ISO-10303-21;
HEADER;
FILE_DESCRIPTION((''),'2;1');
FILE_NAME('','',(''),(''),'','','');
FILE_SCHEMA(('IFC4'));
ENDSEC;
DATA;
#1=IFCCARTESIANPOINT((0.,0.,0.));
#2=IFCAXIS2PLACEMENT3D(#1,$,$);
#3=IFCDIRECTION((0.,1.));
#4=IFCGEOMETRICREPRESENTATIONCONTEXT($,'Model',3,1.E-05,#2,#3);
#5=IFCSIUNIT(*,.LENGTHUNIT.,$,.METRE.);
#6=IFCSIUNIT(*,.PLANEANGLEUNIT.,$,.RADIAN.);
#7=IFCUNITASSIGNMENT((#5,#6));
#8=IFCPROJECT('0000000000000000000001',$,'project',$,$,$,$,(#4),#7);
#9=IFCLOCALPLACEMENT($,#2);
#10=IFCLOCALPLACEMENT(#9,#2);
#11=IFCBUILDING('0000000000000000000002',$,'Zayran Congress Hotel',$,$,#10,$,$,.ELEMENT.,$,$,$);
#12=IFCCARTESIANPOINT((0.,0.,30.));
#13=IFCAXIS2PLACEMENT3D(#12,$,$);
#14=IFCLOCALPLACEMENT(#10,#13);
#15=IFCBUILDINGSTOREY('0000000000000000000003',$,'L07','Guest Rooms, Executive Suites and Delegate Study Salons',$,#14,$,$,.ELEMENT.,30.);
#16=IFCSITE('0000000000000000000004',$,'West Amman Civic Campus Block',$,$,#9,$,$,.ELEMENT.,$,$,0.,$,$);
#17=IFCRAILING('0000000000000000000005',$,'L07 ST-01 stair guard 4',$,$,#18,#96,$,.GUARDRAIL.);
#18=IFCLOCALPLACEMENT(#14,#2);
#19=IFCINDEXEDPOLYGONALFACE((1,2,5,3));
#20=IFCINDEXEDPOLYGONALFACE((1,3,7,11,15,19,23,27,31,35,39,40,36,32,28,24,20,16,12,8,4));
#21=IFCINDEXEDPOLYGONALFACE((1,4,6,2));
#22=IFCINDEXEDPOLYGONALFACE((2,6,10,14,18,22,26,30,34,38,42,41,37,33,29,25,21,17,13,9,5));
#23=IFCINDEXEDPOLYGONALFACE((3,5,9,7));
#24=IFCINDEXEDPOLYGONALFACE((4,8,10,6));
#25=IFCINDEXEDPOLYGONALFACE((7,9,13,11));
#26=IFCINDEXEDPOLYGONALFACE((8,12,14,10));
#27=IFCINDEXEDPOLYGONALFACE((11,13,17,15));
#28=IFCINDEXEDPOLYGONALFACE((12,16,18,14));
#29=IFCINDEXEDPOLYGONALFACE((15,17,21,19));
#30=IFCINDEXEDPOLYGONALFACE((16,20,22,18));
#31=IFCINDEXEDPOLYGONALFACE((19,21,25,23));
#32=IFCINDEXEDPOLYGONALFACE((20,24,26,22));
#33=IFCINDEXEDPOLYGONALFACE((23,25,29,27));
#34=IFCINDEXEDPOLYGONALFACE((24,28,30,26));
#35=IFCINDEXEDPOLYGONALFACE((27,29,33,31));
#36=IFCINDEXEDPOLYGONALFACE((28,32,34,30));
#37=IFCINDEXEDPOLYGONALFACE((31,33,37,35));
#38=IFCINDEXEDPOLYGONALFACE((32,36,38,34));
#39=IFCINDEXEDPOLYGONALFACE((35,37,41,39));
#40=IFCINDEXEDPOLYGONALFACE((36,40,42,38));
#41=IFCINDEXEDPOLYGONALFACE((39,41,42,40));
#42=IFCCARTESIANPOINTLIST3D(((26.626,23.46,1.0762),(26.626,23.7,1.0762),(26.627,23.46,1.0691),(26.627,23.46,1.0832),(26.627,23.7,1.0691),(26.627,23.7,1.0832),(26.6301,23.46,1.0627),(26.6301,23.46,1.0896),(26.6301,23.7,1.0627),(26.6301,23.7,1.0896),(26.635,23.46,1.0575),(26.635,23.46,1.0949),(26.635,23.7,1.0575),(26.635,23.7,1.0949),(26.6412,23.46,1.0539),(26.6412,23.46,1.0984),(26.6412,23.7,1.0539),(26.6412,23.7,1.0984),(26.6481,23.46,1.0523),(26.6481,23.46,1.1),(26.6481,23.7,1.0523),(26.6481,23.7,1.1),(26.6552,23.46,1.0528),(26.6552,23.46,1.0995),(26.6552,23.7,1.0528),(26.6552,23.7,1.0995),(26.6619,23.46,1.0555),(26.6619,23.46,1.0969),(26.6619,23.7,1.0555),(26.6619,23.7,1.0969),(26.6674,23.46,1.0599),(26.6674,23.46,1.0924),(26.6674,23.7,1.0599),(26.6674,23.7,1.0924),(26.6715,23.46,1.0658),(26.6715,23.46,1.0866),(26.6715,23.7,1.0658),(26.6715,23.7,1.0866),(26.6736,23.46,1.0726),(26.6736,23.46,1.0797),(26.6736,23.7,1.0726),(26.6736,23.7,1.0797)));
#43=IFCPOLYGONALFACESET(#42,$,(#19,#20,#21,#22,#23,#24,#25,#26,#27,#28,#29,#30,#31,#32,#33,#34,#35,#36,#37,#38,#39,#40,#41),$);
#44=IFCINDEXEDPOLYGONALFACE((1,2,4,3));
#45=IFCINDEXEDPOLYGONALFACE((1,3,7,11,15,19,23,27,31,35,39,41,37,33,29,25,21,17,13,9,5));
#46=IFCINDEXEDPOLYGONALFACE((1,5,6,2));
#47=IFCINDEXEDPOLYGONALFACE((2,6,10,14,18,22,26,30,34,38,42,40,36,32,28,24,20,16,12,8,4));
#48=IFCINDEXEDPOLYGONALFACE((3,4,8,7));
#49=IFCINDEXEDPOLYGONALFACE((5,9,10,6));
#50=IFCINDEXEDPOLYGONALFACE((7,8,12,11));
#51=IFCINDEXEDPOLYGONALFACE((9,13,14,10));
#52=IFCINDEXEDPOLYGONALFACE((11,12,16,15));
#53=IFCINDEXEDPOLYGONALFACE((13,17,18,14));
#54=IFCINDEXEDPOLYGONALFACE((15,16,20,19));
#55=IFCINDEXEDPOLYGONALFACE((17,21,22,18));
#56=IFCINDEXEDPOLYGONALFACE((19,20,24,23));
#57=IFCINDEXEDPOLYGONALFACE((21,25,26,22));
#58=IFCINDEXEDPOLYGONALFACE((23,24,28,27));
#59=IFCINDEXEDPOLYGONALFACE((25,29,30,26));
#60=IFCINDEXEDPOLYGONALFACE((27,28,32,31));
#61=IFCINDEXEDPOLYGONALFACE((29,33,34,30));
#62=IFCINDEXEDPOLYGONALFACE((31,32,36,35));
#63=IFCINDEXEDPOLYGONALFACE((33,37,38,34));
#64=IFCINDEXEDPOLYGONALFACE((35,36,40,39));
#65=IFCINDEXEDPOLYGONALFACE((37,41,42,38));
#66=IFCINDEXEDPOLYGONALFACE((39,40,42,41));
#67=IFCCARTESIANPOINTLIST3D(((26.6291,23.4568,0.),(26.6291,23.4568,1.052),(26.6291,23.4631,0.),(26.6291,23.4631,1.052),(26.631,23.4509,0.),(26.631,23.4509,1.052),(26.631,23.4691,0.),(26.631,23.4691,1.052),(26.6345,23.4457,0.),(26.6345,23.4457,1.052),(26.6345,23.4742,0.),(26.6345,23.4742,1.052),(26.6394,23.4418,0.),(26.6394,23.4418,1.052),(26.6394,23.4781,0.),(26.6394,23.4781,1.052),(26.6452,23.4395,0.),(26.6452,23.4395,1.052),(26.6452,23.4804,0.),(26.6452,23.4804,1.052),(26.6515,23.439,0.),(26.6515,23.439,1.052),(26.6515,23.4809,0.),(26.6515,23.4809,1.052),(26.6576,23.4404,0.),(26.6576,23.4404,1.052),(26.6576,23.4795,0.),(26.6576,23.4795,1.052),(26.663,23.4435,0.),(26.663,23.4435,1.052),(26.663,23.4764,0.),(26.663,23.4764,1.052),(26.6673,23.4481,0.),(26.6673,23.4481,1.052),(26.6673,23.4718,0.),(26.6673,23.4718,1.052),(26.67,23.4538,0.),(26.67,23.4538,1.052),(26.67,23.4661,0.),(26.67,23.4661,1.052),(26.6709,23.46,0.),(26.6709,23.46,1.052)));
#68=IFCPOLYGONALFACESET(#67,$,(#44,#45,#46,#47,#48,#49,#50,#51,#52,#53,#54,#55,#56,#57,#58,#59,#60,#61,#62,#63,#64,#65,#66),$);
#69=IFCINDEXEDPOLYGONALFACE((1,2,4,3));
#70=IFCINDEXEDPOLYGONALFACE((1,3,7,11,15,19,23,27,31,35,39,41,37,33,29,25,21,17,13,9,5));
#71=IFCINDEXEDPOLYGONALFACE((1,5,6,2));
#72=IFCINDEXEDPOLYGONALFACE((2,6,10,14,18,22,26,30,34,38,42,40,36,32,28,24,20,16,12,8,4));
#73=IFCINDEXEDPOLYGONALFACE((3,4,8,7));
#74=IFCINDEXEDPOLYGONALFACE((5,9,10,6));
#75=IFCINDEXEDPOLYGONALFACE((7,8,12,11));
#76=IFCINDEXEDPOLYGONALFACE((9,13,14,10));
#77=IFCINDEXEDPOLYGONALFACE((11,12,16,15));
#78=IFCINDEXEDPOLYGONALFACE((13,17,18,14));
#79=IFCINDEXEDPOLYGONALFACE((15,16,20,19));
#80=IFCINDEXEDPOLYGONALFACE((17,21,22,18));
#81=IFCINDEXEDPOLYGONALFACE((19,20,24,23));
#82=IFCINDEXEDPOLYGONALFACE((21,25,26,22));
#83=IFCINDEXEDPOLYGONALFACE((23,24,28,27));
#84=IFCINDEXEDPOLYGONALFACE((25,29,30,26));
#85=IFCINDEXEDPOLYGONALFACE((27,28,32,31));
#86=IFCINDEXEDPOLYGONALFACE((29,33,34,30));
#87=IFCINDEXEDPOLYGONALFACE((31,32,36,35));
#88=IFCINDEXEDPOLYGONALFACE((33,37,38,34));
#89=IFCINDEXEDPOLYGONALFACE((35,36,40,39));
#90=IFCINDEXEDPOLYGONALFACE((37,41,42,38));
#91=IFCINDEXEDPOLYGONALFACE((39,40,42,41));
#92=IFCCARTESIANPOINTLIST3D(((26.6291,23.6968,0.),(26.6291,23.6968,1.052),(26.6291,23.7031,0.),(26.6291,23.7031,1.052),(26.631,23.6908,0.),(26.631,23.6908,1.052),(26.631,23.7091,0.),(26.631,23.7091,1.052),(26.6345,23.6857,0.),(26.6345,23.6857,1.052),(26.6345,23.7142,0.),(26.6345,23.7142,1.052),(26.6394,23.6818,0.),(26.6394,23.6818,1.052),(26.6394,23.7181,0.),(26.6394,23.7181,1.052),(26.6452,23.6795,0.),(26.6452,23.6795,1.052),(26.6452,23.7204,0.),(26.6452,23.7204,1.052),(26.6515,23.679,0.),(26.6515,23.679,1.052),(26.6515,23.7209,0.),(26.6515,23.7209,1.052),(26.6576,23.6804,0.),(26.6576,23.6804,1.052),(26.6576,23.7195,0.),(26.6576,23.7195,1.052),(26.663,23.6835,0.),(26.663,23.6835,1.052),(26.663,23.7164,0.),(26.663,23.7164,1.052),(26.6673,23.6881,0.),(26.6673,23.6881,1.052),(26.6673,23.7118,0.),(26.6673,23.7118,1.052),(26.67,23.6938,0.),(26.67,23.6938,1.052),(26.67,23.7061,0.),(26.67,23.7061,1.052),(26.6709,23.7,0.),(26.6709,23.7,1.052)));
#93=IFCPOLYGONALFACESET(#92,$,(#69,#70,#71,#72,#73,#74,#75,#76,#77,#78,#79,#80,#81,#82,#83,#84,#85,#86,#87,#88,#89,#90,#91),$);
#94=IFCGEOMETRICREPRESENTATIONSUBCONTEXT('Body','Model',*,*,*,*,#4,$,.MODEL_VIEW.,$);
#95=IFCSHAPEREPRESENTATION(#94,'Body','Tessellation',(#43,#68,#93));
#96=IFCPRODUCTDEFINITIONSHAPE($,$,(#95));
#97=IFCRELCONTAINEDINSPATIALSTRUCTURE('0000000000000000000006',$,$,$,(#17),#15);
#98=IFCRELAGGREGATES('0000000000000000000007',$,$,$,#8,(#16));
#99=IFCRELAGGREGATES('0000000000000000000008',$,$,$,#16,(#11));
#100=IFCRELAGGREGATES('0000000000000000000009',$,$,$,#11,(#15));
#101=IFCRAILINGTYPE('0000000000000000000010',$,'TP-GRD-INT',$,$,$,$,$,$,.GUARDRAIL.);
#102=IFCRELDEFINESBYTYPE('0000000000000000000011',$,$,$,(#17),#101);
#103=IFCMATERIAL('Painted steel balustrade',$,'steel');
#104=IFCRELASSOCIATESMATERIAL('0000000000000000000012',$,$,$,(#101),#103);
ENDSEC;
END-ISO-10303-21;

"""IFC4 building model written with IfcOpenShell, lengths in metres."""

from ifc_helpers import new_model, si_unit, direction, frame, origin, origin_2d, place, context, subcontext, project, spatial, circle, extrude, material, type_object, element, save


model = new_model("IFC4")

# Units and contexts
model_context = context("Model", 3, precision=1e-05, world=origin(), true_north=direction((0.0, 1.0)))
body_context = subcontext(model_context, "Body", "Model", "MODEL_VIEW")
ifc_project = project(units=[si_unit("LENGTHUNIT", "METRE"), si_unit("PLANEANGLEUNIT", "RADIAN")], contexts=[model_context])

# Site, building, storey
site_placement = place(None, origin())
site = spatial("IfcSite", under=ifc_project, at=site_placement, Name="West Amman Civic Campus Block", CompositionType="ELEMENT", RefElevation=0.0)
building_placement = place(site_placement, origin())
building = spatial("IfcBuilding", under=site, at=building_placement, Name="Zayran Congress Hotel", CompositionType="ELEMENT")
storey_placement = place(building_placement, frame((0.0, 0.0, 30.0)))
storey = spatial("IfcBuildingStorey", under=building, at=storey_placement, Name="L07", Description="Guest Rooms, Executive Suites and Delegate Study Salons", CompositionType="ELEMENT", Elevation=30.0)

# Railing
ifc_material_1 = material(Name="Painted steel balustrade", Category="steel")
railing_type_1 = type_object("IfcRailingType", Name="TP-GRD-INT", PredefinedType="GUARDRAIL", material=ifc_material_1)
railing_1_placement = place(storey_placement, frame((26.6499, 23.46, 0.0)))
element("IfcRailing", 1, at=railing_1_placement, inside=storey, type_object=railing_type_1, Name="L07 ST-01 stair guard 4", PredefinedType="GUARDRAIL", context=body_context, shape_type="SweptSolid", body=[
    extrude(circle(Radius=0.0239, at=origin_2d()), frame((0.0, 0.0, 1.0762), z_axis=(0.0, 1.0, 0.0), x_axis=(-1.0, 0.0, 0.0)), (0.0, 0.0, 1.0), 0.24),
    extrude(circle(Radius=0.021, at=origin_2d()), origin(), (0.0, 0.0, 1.0), 1.052),
    extrude(circle(Radius=0.021, at=origin_2d()), frame((0.0, 0.24, 0.0)), (0.0, 0.0, 1.0), 1.052),
])

save(model, "model.ifc")
